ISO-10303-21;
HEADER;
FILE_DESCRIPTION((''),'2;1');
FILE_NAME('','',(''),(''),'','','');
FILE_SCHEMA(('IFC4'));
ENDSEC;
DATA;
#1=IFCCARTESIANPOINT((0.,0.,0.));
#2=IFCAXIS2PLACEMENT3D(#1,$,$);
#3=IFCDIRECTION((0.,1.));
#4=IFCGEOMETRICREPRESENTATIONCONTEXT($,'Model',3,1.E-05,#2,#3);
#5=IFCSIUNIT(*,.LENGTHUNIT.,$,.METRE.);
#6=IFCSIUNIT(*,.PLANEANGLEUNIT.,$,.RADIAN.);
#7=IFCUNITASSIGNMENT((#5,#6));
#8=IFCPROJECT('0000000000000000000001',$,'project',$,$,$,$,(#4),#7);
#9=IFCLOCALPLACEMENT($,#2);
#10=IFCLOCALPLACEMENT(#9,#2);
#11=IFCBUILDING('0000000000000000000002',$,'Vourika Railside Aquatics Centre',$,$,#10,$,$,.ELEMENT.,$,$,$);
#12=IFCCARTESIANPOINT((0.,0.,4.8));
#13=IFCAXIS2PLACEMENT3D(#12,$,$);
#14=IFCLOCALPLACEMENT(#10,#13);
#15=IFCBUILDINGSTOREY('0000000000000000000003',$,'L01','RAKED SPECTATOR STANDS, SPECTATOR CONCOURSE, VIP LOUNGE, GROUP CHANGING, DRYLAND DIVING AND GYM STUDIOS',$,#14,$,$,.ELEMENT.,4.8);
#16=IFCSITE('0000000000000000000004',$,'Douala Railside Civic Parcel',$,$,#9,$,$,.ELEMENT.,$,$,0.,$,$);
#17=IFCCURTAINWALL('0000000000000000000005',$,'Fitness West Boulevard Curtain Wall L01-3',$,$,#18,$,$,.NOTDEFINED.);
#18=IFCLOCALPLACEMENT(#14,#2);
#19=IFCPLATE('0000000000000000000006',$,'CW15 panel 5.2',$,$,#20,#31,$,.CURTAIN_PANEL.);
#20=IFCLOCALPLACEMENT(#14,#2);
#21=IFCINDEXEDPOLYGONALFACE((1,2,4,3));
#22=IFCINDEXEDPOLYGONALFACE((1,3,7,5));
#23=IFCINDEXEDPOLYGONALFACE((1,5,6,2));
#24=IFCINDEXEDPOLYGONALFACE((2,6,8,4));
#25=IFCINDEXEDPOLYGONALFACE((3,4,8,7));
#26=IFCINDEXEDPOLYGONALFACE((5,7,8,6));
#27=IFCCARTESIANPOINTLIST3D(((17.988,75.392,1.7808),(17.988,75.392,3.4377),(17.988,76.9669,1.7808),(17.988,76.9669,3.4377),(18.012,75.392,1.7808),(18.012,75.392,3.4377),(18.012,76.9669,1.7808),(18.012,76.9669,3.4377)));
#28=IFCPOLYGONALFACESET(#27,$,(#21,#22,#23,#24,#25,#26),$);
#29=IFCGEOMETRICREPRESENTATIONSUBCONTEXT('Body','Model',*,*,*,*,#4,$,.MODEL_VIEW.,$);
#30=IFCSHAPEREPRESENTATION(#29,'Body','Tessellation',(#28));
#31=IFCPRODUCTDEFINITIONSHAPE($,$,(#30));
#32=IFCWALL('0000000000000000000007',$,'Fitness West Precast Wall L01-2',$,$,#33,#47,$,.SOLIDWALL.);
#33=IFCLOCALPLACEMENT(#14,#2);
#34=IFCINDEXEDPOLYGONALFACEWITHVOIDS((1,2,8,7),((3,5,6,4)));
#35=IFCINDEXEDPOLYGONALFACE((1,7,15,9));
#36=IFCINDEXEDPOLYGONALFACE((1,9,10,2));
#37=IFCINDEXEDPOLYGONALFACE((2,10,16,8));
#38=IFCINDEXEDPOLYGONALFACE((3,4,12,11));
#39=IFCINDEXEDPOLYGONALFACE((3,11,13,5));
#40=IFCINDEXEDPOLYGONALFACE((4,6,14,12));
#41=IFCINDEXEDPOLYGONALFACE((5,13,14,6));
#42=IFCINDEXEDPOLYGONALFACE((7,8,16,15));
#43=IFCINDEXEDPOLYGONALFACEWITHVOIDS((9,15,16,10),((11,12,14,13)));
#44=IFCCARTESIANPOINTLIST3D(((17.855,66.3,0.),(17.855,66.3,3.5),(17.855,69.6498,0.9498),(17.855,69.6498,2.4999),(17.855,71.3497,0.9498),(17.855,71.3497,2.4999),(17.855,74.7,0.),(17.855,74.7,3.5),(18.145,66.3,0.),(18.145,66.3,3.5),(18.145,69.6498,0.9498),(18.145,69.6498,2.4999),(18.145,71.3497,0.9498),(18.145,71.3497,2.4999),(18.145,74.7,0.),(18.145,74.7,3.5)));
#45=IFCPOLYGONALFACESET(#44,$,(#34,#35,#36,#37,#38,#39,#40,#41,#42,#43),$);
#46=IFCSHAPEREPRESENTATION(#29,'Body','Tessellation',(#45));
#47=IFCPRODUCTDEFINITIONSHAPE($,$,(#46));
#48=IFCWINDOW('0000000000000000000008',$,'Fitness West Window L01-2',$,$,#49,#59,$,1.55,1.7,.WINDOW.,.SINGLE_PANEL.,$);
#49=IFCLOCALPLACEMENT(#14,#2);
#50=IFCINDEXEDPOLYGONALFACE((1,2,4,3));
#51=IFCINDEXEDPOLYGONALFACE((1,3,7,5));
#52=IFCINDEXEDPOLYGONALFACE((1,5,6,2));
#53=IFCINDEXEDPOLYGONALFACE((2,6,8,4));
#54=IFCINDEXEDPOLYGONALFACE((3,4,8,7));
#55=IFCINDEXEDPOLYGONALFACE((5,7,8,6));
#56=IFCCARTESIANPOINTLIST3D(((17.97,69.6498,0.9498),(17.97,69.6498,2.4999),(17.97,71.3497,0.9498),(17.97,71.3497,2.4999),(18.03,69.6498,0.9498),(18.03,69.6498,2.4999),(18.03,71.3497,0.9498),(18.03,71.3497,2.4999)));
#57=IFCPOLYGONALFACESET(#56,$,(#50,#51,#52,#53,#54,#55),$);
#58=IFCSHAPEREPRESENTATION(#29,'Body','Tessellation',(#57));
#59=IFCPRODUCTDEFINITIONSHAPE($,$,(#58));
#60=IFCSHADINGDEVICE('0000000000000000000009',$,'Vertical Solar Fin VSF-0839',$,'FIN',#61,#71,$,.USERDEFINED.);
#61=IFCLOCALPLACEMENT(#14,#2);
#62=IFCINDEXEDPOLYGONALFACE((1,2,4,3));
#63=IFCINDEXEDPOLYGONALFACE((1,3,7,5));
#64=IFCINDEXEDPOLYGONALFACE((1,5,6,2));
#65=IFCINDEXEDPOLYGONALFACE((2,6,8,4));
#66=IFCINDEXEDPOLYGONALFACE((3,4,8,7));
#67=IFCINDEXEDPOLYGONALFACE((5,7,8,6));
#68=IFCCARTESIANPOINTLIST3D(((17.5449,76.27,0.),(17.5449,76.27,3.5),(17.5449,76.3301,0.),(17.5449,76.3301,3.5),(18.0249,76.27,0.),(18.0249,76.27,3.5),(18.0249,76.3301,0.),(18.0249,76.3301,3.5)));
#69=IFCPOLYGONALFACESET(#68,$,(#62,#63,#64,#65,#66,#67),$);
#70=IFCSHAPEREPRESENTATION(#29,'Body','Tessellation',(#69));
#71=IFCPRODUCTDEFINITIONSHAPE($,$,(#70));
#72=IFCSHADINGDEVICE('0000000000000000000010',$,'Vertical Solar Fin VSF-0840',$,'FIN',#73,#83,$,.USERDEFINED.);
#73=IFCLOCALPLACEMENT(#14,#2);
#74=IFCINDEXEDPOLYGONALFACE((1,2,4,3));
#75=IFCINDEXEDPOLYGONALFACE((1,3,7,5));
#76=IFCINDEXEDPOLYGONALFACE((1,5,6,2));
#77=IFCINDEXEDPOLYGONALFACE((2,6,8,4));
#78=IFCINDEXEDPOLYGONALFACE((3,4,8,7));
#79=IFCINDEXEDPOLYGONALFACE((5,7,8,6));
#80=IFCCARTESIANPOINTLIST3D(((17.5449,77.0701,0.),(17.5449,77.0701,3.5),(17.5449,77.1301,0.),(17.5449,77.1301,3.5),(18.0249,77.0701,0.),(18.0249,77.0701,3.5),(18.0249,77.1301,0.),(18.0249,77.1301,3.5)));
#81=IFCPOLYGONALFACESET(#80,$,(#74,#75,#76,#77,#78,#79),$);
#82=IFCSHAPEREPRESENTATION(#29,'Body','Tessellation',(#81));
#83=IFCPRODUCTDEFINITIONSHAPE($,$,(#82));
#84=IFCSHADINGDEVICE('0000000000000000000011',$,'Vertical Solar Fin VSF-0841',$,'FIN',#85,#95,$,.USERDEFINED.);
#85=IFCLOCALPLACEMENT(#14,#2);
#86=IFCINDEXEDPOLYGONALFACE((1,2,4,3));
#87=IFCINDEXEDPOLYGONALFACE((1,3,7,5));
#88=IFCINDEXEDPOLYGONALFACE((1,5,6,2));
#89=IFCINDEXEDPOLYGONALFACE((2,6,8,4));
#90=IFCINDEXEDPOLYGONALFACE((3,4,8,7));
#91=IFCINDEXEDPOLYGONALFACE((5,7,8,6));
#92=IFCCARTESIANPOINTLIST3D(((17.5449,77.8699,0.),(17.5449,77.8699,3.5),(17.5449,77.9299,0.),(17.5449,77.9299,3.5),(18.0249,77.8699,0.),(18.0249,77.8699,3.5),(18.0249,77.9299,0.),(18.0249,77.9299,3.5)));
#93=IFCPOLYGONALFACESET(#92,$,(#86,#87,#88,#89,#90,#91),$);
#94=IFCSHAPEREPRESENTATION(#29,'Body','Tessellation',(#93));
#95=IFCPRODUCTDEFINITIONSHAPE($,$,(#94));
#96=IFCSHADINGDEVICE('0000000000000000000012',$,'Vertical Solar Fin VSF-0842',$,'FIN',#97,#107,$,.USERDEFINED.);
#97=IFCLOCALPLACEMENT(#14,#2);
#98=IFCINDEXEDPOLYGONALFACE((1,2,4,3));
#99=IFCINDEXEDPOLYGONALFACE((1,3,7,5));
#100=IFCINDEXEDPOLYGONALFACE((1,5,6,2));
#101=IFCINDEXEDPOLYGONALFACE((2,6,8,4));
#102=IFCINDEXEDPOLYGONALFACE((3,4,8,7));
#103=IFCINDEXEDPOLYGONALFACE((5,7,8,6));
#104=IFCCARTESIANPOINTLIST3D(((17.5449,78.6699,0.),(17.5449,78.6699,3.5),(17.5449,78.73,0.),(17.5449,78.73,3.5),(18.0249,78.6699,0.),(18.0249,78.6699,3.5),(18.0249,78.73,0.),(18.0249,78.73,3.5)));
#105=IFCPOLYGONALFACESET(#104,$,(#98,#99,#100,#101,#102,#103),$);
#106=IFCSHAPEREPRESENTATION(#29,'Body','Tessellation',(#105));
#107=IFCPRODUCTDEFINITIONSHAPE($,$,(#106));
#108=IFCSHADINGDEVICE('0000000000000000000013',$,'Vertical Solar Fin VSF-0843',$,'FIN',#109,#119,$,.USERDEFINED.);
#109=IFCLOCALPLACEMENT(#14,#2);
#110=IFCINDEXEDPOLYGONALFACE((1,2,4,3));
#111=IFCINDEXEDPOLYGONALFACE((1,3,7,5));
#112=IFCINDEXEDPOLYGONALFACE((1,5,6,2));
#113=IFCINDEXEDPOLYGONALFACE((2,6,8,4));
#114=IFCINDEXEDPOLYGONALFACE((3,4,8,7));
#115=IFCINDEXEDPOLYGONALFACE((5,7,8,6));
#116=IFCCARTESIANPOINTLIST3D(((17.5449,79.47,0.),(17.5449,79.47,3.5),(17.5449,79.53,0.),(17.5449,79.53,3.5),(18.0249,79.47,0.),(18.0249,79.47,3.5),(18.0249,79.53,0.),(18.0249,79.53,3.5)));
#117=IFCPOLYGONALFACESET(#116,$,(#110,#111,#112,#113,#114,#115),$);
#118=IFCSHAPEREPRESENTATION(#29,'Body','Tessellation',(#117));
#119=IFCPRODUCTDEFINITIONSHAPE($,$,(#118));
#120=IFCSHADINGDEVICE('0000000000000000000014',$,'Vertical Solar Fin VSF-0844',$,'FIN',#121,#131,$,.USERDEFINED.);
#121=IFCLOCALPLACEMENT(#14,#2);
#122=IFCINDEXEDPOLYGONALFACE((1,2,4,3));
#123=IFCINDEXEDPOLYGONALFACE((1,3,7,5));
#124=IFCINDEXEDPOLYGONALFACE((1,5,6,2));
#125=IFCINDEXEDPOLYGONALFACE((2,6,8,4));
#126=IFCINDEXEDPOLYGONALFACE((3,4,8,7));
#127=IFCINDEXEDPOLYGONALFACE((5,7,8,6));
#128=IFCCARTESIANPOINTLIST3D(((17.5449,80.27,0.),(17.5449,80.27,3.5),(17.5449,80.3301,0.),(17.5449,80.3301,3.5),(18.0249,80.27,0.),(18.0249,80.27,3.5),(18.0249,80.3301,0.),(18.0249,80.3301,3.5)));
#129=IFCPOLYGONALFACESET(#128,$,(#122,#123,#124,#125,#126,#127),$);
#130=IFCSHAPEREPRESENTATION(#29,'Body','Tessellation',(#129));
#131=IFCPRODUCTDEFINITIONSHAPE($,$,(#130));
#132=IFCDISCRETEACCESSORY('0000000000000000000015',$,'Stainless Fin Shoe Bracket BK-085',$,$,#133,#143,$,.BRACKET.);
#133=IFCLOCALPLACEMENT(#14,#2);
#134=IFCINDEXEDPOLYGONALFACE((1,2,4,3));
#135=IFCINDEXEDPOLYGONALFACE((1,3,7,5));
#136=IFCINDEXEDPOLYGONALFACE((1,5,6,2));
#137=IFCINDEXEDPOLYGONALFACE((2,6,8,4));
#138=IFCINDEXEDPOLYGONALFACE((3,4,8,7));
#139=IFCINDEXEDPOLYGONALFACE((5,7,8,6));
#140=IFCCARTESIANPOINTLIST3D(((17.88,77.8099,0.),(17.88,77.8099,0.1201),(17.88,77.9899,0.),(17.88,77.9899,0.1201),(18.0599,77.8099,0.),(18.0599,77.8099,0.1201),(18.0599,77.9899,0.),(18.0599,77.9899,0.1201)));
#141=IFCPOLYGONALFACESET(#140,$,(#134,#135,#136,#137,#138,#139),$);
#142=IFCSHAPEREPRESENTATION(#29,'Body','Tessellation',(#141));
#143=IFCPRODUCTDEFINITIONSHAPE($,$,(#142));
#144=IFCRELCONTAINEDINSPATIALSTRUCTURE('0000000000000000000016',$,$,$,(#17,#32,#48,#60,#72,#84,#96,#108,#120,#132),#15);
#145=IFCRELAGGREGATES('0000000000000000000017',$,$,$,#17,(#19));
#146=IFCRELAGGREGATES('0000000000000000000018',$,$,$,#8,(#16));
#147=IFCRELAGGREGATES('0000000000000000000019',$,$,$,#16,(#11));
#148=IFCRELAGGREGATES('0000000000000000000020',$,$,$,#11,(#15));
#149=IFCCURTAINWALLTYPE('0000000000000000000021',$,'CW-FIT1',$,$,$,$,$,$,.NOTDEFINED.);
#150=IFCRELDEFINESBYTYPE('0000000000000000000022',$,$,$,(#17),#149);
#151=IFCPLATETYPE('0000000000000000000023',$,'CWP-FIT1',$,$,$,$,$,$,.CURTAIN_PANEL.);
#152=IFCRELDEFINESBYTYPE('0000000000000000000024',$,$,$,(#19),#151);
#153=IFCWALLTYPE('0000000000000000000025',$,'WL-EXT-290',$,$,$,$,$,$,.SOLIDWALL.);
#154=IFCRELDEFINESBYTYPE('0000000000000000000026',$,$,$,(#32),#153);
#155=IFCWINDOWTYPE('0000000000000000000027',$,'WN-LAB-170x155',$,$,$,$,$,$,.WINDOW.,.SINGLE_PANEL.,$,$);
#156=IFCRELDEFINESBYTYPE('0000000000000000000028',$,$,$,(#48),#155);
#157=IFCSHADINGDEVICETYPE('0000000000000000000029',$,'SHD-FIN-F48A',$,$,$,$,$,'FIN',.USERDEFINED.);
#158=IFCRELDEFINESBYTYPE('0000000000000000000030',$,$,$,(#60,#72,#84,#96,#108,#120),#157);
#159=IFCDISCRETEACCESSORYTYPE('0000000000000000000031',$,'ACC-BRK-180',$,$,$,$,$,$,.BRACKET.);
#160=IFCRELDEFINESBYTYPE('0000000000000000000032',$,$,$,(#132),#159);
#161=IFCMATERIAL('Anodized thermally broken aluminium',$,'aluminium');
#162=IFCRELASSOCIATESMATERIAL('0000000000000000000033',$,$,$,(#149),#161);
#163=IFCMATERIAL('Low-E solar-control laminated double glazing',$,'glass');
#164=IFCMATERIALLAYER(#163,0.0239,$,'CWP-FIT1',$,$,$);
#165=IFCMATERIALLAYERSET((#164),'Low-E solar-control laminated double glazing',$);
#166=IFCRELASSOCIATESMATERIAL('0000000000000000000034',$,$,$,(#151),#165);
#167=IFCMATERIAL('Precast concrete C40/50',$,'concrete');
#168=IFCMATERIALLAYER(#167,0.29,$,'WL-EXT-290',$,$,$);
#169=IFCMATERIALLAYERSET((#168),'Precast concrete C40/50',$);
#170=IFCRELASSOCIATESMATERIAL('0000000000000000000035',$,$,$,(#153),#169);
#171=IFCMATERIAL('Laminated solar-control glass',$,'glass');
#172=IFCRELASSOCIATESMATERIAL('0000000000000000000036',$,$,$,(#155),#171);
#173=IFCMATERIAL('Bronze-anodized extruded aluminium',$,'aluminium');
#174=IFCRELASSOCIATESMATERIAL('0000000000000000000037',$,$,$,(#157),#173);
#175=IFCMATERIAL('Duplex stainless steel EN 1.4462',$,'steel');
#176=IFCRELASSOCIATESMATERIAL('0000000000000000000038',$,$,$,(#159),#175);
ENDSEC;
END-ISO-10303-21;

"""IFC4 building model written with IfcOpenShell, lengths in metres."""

from ifc_helpers import new_model, si_unit, direction, frame, frame_2d, origin, origin_2d, place, context, subcontext, project, spatial, rectangle, extrude, material, layer, layer_set, material_profile, profile_set, type_object, element, fill, aggregate, save


model = new_model("IFC4")

# Units and contexts
model_context = context("Model", 3, precision=1e-05, world=origin(), true_north=direction((0.0, 1.0)))
body_context = subcontext(model_context, "Body", "Model", "MODEL_VIEW")
ifc_project = project(units=[si_unit("LENGTHUNIT", "METRE"), si_unit("PLANEANGLEUNIT", "RADIAN")], contexts=[model_context])

# Site, building, storey
site_placement = place(None, origin())
site = spatial("IfcSite", under=ifc_project, at=site_placement, Name="Douala Railside Civic Parcel", CompositionType="ELEMENT", RefElevation=0.0)
building_placement = place(site_placement, origin())
building = spatial("IfcBuilding", under=site, at=building_placement, Name="Vourika Railside Aquatics Centre", CompositionType="ELEMENT")
storey_placement = place(building_placement, frame((0.0, 0.0, 4.8)))
storey = spatial("IfcBuildingStorey", under=building, at=storey_placement, Name="L01", Description="RAKED SPECTATOR STANDS, SPECTATOR CONCOURSE, VIP LOUNGE, GROUP CHANGING, DRYLAND DIVING AND GYM STUDIOS", CompositionType="ELEMENT", Elevation=4.8)

# Curtain wall, plate
ifc_material_1 = material(Name="Anodized thermally broken aluminium", Category="aluminium")
curtain_wall_type = type_object("IfcCurtainWallType", Name="CW-FIT1", PredefinedType="NOTDEFINED", material=ifc_material_1)
curtain_wall_placement = place(storey_placement, origin())
curtain_wall = element("IfcCurtainWall", 1, at=curtain_wall_placement, inside=storey, type_object=curtain_wall_type, Name="Fitness West Boulevard Curtain Wall L01-3", PredefinedType="NOTDEFINED")
ifc_material_2 = material(Name="Low-E solar-control laminated double glazing", Category="glass")
ifc_layer_1 = layer(ifc_material_2, 0.0239, Name="CWP-FIT1")
ifc_layer_set_1 = layer_set([ifc_layer_1], Name="Low-E solar-control laminated double glazing")
plate_type = type_object("IfcPlateType", Name="CWP-FIT1", PredefinedType="CURTAIN_PANEL", material=ifc_layer_set_1)
plate_1_placement = place(storey_placement, frame((18.0, 76.1794, 1.7808), z_axis=(0.0, 0.0, 1.0), x_axis=(0.0, -1.0, 0.0)))
plate_1 = element("IfcPlate", 2, at=plate_1_placement, type_object=plate_type, Name="CW15 panel 5.2", PredefinedType="CURTAIN_PANEL", context=body_context, shape_type="SweptSolid", body=[
    extrude(rectangle(XDim=1.575, YDim=0.0239, at=origin_2d()), origin(), (0.0, 0.0, 1.0), 1.657),
])
aggregate(curtain_wall, [plate_1])

# Wall, opening, window
ifc_material_3 = material(Name="Precast concrete C40/50", Category="concrete")
ifc_layer_2 = layer(ifc_material_3, 0.29, Name="WL-EXT-290")
ifc_layer_set_2 = layer_set([ifc_layer_2], Name="Precast concrete C40/50")
wall_type = type_object("IfcWallType", Name="WL-EXT-290", PredefinedType="SOLIDWALL", material=ifc_layer_set_2)
wall_placement = place(storey_placement, frame((18.0, 74.7, 0.0), z_axis=(0.0, 0.0, 1.0), x_axis=(0.0, -1.0, 0.0)))
wall = element("IfcWall", 3, at=wall_placement, inside=storey, type_object=wall_type, Name="Fitness West Precast Wall L01-2", PredefinedType="SOLIDWALL", context=body_context, shape_type="SweptSolid", body=[
    extrude(rectangle(XDim=8.3999, YDim=0.29, at=frame_2d((4.2, 0.0))), origin(), (0.0, 0.0, 1.0), 3.5),
])
opening_placement = place(wall_placement, frame((3.3501, 0.0, 0.95)))
opening = element("IfcOpeningElement", 4, at=opening_placement, cuts=wall, PredefinedType="OPENING", context=body_context, shape_type="SweptSolid", body=[
    extrude(rectangle(XDim=1.7, YDim=1.55, at=frame_2d((0.8501, 0.7749))), frame((0.0, 0.155, 0.0), z_axis=(0.0, -1.0, 0.0), x_axis=(1.0, 0.0, 0.0)), (0.0, 0.0, 1.0), 0.3101),
])
ifc_material_4 = material(Name="Laminated solar-control glass", Category="glass")
window_type = type_object("IfcWindowType", Name="WN-LAB-170x155", PartitioningType="SINGLE_PANEL", PredefinedType="WINDOW", material=ifc_material_4)
window_placement = place(opening_placement, origin())
window = element("IfcWindow", 5, at=window_placement, inside=storey, type_object=window_type, Name="Fitness West Window L01-2", OverallHeight=1.55, OverallWidth=1.7, PartitioningType="SINGLE_PANEL", PredefinedType="WINDOW", context=body_context, shape_type="SweptSolid", body=[
    extrude(rectangle(XDim=1.7, YDim=1.55, at=frame_2d((0.8501, 0.7749))), frame((0.0, 0.03, 0.0), z_axis=(0.0, -1.0, 0.0), x_axis=(1.0, 0.0, 0.0)), (0.0, 0.0, 1.0), 0.0601),
])
fill(opening, window)

# Shading devices
ifc_material_5 = material(Name="Bronze-anodized extruded aluminium", Category="aluminium")
ifc_material_profile_1 = material_profile(ifc_material_5, rectangle(XDim=0.0601, YDim=0.48, at=origin_2d()), Name="ALU-FIN 60x480")
ifc_profile_set_1 = profile_set([ifc_material_profile_1], Name="Bronze-anodized extruded aluminium")
shading_device_type = type_object("IfcShadingDeviceType", Name="SHD-FIN-F48A", ElementType="FIN", PredefinedType="USERDEFINED", material=ifc_profile_set_1)
for number, where, z_axis, x_axis, name in (
    (6, (17.7849, 76.3, 0.0), (0.0, 0.0, 1.0), (0.0, 1.0, 0.0), "Vertical Solar Fin VSF-0839"),
    (7, (17.7849, 77.1001, 0.0), (0.0, 0.0, 1.0), (0.0, 1.0, 0.0), "Vertical Solar Fin VSF-0840"),
    (8, (17.7849, 77.8999, 0.0), (0.0, 0.0, 1.0), (0.0, 1.0, 0.0), "Vertical Solar Fin VSF-0841"),
    (9, (17.7849, 78.7, 0.0), (0.0, 0.0, 1.0), (0.0, 1.0, 0.0), "Vertical Solar Fin VSF-0842"),
    (10, (17.7849, 79.5, 0.0), (0.0, 0.0, 1.0), (0.0, 1.0, 0.0), "Vertical Solar Fin VSF-0843"),
    (11, (17.7849, 80.3, 0.0), (0.0, 0.0, 1.0), (0.0, 1.0, 0.0), "Vertical Solar Fin VSF-0844"),
):
    element("IfcShadingDevice", number, at=place(storey_placement, frame(where, z_axis=z_axis, x_axis=x_axis)), inside=storey, type_object=shading_device_type, Name=name, ObjectType="FIN", PredefinedType="USERDEFINED", context=body_context, shape_type="SweptSolid", body=[
        extrude(rectangle(XDim=0.0601, YDim=0.48, at=origin_2d()), origin(), (0.0, 0.0, 1.0), 3.5),
    ])

# Discrete accessory
ifc_material_6 = material(Name="Duplex stainless steel EN 1.4462", Category="steel")
discrete_accessory_type = type_object("IfcDiscreteAccessoryType", Name="ACC-BRK-180", PredefinedType="BRACKET", material=ifc_material_6)
discrete_accessory_placement = place(storey_placement, frame((17.97, 77.8999, 0.0), z_axis=(0.0, 0.0, 1.0), x_axis=(-1.0, 0.0, 0.0)))
element("IfcDiscreteAccessory", 12, at=discrete_accessory_placement, inside=storey, type_object=discrete_accessory_type, Name="Stainless Fin Shoe Bracket BK-085", PredefinedType="BRACKET", context=body_context, shape_type="SweptSolid", body=[
    extrude(rectangle(XDim=0.1799, YDim=0.1799, at=origin_2d()), origin(), (0.0, 0.0, 1.0), 0.1201),
])

save(model, "model.ifc")
